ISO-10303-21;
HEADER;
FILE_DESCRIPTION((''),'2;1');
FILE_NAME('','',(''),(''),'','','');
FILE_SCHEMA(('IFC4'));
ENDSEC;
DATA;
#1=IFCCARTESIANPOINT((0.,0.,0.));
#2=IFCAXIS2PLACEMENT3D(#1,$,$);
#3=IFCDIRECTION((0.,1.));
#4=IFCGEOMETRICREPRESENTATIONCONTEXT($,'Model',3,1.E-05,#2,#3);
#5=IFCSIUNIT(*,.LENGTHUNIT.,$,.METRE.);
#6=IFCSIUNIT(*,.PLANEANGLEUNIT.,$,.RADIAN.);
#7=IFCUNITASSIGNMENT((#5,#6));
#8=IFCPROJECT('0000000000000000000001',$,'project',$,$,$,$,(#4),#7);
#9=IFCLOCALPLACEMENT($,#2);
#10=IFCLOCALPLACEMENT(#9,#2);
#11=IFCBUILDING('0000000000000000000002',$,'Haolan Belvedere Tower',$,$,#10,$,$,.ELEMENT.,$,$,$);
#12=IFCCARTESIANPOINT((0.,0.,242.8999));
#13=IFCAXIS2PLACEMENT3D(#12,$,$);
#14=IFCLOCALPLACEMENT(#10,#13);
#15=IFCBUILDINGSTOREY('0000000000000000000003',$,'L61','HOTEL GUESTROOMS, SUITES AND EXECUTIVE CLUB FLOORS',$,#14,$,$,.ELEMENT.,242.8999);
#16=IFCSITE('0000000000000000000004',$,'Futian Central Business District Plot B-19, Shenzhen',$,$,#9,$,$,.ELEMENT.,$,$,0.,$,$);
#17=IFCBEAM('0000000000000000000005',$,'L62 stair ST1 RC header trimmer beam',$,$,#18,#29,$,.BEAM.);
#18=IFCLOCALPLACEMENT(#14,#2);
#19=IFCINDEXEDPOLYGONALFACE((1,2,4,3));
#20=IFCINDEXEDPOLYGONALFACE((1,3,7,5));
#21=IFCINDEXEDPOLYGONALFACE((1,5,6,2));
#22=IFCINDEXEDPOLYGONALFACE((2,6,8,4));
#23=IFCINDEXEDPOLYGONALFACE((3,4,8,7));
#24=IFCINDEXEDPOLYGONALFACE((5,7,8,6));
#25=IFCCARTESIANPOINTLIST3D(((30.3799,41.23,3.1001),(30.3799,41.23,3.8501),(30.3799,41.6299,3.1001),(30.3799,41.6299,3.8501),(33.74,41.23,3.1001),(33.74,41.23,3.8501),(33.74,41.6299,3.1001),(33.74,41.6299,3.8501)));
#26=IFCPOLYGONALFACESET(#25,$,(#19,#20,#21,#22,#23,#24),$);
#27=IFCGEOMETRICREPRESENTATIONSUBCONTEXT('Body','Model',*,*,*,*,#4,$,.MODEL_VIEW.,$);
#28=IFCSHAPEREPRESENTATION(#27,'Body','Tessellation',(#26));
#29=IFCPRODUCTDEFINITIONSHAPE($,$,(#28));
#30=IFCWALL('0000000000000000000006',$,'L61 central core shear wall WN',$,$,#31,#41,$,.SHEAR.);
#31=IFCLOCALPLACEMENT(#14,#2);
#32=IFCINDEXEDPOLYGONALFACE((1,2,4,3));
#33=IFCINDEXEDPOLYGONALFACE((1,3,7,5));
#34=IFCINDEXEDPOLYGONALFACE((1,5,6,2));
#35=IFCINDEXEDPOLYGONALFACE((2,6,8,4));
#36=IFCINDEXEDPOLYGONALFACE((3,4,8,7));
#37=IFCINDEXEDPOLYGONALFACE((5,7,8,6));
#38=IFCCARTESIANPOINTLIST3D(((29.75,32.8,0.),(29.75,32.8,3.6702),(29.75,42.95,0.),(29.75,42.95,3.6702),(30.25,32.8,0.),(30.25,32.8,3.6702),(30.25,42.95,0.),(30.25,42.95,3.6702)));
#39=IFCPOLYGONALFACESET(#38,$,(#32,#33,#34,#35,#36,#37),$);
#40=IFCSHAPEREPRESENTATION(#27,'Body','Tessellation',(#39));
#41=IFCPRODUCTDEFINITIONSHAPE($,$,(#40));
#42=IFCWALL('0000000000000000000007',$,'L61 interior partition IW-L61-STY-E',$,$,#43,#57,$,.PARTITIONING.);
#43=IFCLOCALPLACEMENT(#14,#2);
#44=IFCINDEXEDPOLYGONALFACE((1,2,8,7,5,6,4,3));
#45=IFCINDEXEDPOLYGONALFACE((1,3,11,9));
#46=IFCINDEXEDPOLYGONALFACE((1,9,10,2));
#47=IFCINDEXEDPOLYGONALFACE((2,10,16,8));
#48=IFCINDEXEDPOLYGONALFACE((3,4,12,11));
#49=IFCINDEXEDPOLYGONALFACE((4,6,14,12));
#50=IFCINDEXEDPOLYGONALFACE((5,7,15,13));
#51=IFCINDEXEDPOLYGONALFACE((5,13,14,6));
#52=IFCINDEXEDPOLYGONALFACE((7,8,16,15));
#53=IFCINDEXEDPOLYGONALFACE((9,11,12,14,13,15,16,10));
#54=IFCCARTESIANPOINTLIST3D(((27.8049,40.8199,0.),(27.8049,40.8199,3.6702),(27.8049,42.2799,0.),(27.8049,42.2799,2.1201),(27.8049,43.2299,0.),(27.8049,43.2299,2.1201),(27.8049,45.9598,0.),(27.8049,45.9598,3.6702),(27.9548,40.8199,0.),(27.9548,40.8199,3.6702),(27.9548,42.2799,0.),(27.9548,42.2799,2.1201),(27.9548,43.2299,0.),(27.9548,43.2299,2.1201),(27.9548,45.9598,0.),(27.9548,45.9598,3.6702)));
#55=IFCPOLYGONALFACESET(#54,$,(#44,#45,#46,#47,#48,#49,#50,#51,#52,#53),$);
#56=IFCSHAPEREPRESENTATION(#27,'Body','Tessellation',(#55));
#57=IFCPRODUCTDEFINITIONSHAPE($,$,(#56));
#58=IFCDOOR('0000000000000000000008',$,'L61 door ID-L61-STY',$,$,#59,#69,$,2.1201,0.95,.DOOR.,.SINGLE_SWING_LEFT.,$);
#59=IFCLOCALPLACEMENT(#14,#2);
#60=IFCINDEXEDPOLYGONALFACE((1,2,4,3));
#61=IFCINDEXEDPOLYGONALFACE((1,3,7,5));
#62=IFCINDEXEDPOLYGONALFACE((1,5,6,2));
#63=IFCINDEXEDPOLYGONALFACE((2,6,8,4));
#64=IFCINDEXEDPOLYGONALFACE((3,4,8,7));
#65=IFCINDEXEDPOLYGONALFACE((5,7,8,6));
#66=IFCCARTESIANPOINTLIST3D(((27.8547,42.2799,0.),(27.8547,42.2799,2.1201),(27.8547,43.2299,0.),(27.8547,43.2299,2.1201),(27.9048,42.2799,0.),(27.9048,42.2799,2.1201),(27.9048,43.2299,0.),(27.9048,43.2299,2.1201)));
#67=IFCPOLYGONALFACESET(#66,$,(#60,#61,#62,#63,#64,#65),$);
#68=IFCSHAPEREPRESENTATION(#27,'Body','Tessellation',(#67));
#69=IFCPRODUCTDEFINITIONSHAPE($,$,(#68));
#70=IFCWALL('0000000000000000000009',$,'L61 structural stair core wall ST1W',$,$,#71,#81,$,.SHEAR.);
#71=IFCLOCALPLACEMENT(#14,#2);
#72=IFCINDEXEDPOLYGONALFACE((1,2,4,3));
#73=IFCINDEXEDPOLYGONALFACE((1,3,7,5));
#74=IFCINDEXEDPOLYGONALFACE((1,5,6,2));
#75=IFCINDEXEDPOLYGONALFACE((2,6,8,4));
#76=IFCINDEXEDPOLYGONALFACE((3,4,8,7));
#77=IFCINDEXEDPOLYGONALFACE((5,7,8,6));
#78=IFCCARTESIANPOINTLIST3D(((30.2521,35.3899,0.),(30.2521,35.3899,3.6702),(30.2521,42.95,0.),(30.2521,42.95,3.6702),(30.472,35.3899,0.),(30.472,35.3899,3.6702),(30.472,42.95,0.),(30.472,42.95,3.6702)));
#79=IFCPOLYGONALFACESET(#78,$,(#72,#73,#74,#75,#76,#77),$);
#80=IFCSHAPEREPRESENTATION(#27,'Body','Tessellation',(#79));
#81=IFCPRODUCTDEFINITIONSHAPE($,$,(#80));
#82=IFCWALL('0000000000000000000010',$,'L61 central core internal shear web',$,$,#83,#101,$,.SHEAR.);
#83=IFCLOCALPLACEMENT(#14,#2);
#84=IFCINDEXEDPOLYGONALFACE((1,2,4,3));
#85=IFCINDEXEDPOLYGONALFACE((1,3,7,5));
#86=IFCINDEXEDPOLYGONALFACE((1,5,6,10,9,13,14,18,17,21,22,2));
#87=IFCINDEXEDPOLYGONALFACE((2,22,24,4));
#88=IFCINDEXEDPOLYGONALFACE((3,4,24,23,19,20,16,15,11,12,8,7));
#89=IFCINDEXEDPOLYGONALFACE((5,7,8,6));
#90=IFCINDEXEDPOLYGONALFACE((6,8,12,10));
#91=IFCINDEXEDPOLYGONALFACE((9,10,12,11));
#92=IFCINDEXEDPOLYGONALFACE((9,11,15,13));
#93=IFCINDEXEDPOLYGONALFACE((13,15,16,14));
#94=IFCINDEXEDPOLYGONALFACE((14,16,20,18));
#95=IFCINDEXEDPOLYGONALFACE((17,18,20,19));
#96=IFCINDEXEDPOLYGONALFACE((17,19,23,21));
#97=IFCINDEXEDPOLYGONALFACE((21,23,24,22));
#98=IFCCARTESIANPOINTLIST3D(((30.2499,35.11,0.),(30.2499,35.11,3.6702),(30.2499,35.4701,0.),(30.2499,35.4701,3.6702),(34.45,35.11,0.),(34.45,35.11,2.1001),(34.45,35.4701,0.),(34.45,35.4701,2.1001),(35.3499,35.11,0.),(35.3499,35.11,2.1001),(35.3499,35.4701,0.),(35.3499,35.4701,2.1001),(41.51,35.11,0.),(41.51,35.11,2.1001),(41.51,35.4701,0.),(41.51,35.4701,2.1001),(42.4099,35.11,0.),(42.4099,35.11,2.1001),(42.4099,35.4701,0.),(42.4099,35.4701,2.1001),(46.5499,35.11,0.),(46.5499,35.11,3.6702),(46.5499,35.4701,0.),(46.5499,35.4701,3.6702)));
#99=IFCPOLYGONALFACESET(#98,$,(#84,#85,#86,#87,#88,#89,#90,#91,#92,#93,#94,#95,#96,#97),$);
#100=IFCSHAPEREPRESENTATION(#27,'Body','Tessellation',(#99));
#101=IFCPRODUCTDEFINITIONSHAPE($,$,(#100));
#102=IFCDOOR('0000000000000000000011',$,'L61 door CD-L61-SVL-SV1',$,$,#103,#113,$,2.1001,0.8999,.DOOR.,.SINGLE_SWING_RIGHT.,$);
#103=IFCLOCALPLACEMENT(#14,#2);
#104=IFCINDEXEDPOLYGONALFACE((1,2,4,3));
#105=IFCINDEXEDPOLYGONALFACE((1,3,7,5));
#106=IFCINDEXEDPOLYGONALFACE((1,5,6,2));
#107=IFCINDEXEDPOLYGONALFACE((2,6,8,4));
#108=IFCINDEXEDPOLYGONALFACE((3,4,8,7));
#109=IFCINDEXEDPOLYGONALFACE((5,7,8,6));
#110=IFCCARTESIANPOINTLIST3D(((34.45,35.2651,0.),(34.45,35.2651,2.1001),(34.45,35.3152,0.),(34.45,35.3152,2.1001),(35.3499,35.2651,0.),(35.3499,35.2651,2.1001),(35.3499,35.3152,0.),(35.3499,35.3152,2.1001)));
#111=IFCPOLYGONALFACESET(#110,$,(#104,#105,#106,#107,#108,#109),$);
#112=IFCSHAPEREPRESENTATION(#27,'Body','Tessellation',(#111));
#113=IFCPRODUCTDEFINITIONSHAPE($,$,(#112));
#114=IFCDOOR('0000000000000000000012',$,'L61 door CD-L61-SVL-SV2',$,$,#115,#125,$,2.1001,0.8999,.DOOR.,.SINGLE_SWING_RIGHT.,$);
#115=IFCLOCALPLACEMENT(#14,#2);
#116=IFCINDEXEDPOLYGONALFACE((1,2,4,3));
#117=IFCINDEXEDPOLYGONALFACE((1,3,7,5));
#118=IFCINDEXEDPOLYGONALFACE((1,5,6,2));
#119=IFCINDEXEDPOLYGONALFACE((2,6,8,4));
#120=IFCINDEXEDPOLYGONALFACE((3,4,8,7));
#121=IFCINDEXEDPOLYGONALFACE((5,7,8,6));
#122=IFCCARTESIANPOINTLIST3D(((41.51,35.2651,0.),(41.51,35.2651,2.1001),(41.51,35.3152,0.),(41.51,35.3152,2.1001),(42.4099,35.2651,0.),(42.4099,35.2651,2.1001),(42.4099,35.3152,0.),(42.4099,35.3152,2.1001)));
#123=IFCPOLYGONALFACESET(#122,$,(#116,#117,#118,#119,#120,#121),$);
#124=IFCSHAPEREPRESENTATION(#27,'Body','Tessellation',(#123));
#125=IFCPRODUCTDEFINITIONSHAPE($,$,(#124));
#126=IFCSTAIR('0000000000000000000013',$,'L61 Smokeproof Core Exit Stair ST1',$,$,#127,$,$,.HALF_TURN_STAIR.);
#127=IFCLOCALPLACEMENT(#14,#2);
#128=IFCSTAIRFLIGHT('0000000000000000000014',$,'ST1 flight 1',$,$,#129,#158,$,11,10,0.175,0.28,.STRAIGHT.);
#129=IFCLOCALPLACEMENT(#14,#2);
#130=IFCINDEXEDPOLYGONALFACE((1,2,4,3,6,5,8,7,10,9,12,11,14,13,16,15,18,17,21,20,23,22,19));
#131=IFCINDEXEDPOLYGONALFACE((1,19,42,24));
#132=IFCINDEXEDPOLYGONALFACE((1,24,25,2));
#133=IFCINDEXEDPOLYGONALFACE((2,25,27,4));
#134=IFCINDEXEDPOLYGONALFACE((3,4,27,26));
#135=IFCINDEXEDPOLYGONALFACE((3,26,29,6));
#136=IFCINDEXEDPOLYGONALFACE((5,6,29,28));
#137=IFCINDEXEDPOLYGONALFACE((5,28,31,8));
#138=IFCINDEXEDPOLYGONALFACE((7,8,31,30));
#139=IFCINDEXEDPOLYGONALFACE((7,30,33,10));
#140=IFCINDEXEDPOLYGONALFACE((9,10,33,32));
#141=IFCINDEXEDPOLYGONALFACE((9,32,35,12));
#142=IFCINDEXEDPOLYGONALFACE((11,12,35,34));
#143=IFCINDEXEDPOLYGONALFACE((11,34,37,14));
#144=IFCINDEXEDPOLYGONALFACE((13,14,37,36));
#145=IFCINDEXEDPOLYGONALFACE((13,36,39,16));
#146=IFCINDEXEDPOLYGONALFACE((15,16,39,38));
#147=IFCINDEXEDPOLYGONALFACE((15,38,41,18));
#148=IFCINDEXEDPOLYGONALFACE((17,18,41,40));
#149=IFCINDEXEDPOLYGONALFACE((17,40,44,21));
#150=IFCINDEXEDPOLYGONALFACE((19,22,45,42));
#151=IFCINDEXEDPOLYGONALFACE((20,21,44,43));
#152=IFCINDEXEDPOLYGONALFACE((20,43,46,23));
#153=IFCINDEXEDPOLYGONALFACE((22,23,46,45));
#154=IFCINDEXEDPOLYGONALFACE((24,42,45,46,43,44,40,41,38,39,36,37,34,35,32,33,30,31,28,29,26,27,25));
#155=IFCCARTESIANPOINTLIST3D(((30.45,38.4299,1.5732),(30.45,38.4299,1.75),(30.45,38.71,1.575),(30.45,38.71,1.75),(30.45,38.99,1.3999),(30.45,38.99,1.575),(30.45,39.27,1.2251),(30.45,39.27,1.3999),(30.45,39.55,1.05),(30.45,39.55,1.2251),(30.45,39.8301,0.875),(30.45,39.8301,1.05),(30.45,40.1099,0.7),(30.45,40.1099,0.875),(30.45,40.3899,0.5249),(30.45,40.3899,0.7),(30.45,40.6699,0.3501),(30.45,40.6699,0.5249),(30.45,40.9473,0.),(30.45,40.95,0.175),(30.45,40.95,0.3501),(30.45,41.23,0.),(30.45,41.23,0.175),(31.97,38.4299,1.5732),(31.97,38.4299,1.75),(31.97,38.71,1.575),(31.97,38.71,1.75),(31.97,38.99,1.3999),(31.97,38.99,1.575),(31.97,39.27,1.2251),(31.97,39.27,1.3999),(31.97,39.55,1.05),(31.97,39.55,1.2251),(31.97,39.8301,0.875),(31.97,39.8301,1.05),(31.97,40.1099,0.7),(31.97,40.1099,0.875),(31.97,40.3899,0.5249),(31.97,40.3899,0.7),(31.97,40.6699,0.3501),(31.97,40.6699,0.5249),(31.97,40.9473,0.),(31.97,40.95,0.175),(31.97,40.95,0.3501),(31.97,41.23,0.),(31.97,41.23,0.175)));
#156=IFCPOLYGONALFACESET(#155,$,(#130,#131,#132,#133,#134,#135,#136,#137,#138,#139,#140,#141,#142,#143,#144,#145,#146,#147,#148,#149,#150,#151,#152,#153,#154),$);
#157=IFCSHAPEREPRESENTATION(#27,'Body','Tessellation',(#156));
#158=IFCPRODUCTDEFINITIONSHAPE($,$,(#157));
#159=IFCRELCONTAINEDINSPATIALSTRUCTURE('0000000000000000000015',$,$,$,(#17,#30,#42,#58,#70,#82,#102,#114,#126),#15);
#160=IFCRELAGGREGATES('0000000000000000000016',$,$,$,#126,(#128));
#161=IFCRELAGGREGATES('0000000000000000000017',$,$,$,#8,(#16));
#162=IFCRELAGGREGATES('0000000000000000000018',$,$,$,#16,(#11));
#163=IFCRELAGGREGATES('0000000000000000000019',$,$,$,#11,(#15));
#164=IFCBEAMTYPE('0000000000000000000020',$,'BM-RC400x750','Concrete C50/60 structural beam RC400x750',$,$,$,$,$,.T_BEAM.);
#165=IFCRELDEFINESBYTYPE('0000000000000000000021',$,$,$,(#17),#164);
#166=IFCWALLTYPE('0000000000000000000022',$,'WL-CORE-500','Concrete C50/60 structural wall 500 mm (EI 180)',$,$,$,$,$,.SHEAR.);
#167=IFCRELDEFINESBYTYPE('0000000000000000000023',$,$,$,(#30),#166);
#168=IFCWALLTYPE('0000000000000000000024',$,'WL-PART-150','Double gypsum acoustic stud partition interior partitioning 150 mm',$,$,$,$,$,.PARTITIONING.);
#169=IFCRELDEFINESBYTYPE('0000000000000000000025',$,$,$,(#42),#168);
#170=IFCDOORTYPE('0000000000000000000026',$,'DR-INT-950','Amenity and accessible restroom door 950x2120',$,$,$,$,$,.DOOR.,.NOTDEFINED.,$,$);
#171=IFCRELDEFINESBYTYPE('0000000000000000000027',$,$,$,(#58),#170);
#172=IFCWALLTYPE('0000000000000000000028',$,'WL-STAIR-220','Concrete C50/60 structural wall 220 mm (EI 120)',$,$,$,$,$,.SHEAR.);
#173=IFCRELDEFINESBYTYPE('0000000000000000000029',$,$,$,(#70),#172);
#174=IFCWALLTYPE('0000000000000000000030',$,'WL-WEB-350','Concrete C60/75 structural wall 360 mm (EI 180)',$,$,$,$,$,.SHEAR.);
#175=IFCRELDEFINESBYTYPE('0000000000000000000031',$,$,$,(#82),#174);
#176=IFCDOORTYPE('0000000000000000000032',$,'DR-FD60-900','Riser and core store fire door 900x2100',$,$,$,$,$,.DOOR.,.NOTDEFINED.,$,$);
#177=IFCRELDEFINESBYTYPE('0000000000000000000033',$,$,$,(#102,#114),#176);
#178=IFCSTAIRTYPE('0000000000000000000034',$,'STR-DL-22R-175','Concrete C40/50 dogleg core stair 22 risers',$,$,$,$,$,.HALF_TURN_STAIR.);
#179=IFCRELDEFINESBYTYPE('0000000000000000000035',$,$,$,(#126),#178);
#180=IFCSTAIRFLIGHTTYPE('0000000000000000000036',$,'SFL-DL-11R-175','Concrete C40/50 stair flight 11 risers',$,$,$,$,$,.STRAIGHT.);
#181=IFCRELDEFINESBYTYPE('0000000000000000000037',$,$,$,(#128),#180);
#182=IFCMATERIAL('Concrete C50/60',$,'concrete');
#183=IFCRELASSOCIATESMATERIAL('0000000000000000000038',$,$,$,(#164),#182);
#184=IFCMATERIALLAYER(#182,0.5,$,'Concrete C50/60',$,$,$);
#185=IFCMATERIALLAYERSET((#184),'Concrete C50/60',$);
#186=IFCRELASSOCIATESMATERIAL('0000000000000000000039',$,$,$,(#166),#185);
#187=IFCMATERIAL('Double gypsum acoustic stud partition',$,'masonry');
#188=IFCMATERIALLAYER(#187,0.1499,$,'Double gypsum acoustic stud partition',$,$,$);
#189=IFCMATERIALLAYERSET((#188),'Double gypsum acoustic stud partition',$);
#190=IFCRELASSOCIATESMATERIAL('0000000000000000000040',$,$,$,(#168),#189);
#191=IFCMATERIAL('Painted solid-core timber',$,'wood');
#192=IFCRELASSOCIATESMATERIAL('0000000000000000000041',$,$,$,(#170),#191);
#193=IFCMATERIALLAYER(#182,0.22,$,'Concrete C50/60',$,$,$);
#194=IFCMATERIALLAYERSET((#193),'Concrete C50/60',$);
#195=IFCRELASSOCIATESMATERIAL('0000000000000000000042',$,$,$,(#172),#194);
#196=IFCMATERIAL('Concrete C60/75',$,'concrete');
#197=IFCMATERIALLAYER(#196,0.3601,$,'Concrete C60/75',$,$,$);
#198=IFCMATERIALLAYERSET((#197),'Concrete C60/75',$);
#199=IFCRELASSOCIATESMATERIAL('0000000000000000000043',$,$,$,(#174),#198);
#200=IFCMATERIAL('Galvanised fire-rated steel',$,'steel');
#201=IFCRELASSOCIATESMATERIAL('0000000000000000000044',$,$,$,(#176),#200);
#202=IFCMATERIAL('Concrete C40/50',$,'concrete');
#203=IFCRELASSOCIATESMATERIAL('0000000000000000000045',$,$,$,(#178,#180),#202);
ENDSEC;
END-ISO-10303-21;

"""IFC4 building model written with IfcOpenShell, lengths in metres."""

from ifc_helpers import new_model, si_unit, direction, frame, frame_2d, origin, origin_2d, place, context, subcontext, project, spatial, polyline, rectangle, outline, extrude, material, layer, layer_set, material_profile, profile_set, type_object, element, fill, aggregate, save


model = new_model("IFC4")

# Units and contexts
model_context = context("Model", 3, precision=1e-05, world=origin(), true_north=direction((0.0, 1.0)))
body_context = subcontext(model_context, "Body", "Model", "MODEL_VIEW")
ifc_project = project(units=[si_unit("LENGTHUNIT", "METRE"), si_unit("PLANEANGLEUNIT", "RADIAN")], contexts=[model_context])

# Site, building, storey
site_placement = place(None, origin())
site = spatial("IfcSite", under=ifc_project, at=site_placement, Name="Futian Central Business District Plot B-19, Shenzhen", CompositionType="ELEMENT", RefElevation=0.0)
building_placement = place(site_placement, origin())
building = spatial("IfcBuilding", under=site, at=building_placement, Name="Haolan Belvedere Tower", CompositionType="ELEMENT")
storey_placement = place(building_placement, frame((0.0, 0.0, 242.8999)))
storey = spatial("IfcBuildingStorey", under=building, at=storey_placement, Name="L61", Description="HOTEL GUESTROOMS, SUITES AND EXECUTIVE CLUB FLOORS", CompositionType="ELEMENT", Elevation=242.8999)

# Beam
ifc_material_1 = material(Name="Concrete C50/60", Category="concrete")
ifc_material_profile = material_profile(ifc_material_1, rectangle(XDim=0.3999, YDim=0.75, at=origin_2d()), Name="Concrete C50/60")
ifc_profile_set = profile_set([ifc_material_profile], Name="Concrete C50/60")
beam_type = type_object("IfcBeamType", Name="BM-RC400x750", Description="Concrete C50/60 structural beam RC400x750", PredefinedType="T_BEAM", material=ifc_profile_set)
beam_placement = place(storey_placement, frame((30.3799, 41.4299, 3.4751), z_axis=(1.0, 0.0, 0.0), x_axis=(0.0, 1.0, 0.0)))
element("IfcBeam", 1, at=beam_placement, inside=storey, type_object=beam_type, Name="L62 stair ST1 RC header trimmer beam", PredefinedType="BEAM", context=body_context, shape_type="SweptSolid", body=[
    extrude(rectangle(XDim=0.3999, YDim=0.75, at=origin_2d()), origin(), (0.0, 0.0, 1.0), 3.3601),
])

# Shared definitions
ifc_layer_1 = layer(ifc_material_1, 0.5, Name="Concrete C50/60")
ifc_layer_set_1 = layer_set([ifc_layer_1], Name="Concrete C50/60")
wall_type_1 = type_object("IfcWallType", Name="WL-CORE-500", Description="Concrete C50/60 structural wall 500 mm (EI 180)", PredefinedType="SHEAR", material=ifc_layer_set_1)
ifc_material_2 = material(Name="Galvanised fire-rated steel", Category="steel")

# Wall
wall_1_placement = place(storey_placement, frame((30.0, 32.8, 0.0), z_axis=(0.0, 0.0, 1.0), x_axis=(0.0, 1.0, 0.0)))
element("IfcWall", 2, at=wall_1_placement, inside=storey, type_object=wall_type_1, Name="L61 central core shear wall WN", PredefinedType="SHEAR", context=body_context, shape_type="SweptSolid", body=[
    extrude(rectangle(XDim=10.1499, YDim=0.5, at=frame_2d((5.075, 0.0))), origin(), (0.0, 0.0, 1.0), 3.6702),
])

# Wall, opening, door
ifc_material_3 = material(Name="Double gypsum acoustic stud partition", Category="masonry")
ifc_layer_2 = layer(ifc_material_3, 0.1499, Name="Double gypsum acoustic stud partition")
ifc_layer_set_2 = layer_set([ifc_layer_2], Name="Double gypsum acoustic stud partition")
wall_type_2 = type_object("IfcWallType", Name="WL-PART-150", Description="Double gypsum acoustic stud partition interior partitioning 150 mm", PredefinedType="PARTITIONING", material=ifc_layer_set_2)
ifc_material_4 = material(Name="Painted solid-core timber", Category="wood")
door_type_1 = type_object("IfcDoorType", Name="DR-INT-950", Description="Amenity and accessible restroom door 950x2120", OperationType="NOTDEFINED", PredefinedType="DOOR", material=ifc_material_4)
wall_2_placement = place(storey_placement, frame((27.8799, 40.8201, 0.0), z_axis=(0.0, 0.0, 1.0), x_axis=(0.0, 1.0, 0.0)))
wall_2 = element("IfcWall", 3, at=wall_2_placement, inside=storey, type_object=wall_type_2, Name="L61 interior partition IW-L61-STY-E", PredefinedType="PARTITIONING", context=body_context, shape_type="SweptSolid", body=[
    extrude(rectangle(XDim=5.1399, YDim=0.1499, at=frame_2d((2.5698, 0.0))), origin(), (0.0, 0.0, 1.0), 3.6702),
])
opening_1_placement = place(wall_2_placement, frame((2.4099, 0.0, 0.0), z_axis=(0.0, 0.0, 1.0), x_axis=(-1.0, 0.0, 0.0)))
opening_1 = element("IfcOpeningElement", 4, at=opening_1_placement, cuts=wall_2, PredefinedType="OPENING", context=body_context, shape_type="SweptSolid", body=[
    extrude(rectangle(XDim=0.95, YDim=2.1201, at=frame_2d((0.4751, 1.0601))), frame((0.0, 0.085, 0.0), z_axis=(0.0, -1.0, 0.0), x_axis=(1.0, 0.0, 0.0)), (0.0, 0.0, 1.0), 0.1699),
])
door_1_placement = place(opening_1_placement, origin())
door_1 = element("IfcDoor", 5, at=door_1_placement, inside=storey, type_object=door_type_1, Name="L61 door ID-L61-STY", OperationType="SINGLE_SWING_LEFT", OverallHeight=2.1201, OverallWidth=0.95, PredefinedType="DOOR", context=body_context, shape_type="SweptSolid", body=[
    extrude(rectangle(XDim=0.95, YDim=2.1201, at=frame_2d((0.4751, 1.0601))), frame((0.0, 0.0249, 0.0), z_axis=(0.0, -1.0, 0.0), x_axis=(1.0, 0.0, 0.0)), (0.0, 0.0, 1.0), 0.05),
])
fill(opening_1, door_1)

# Wall
ifc_layer_3 = layer(ifc_material_1, 0.22, Name="Concrete C50/60")
ifc_layer_set_3 = layer_set([ifc_layer_3], Name="Concrete C50/60")
wall_type_3 = type_object("IfcWallType", Name="WL-STAIR-220", Description="Concrete C50/60 structural wall 220 mm (EI 120)", PredefinedType="SHEAR", material=ifc_layer_set_3)
wall_3_placement = place(storey_placement, frame((30.3621, 35.3899, 0.0), z_axis=(0.0, 0.0, 1.0), x_axis=(0.0, 1.0, 0.0)))
element("IfcWall", 6, at=wall_3_placement, inside=storey, type_object=wall_type_3, Name="L61 structural stair core wall ST1W", PredefinedType="SHEAR", context=body_context, shape_type="SweptSolid", body=[
    extrude(rectangle(XDim=7.5601, YDim=0.22, at=frame_2d((3.78, 0.0))), origin(), (0.0, 0.0, 1.0), 3.6702),
])

# Wall, openings, doors
ifc_material_5 = material(Name="Concrete C60/75", Category="concrete")
ifc_layer_4 = layer(ifc_material_5, 0.3601, Name="Concrete C60/75")
ifc_layer_set_4 = layer_set([ifc_layer_4], Name="Concrete C60/75")
wall_type_4 = type_object("IfcWallType", Name="WL-WEB-350", Description="Concrete C60/75 structural wall 360 mm (EI 180)", PredefinedType="SHEAR", material=ifc_layer_set_4)
wall_4_placement = place(storey_placement, frame((30.25, 35.29, 0.0), z_axis=(0.0, 0.0, 1.0), x_axis=(1.0, 0.0, 0.0)))
wall_4 = element("IfcWall", 7, at=wall_4_placement, inside=storey, type_object=wall_type_4, Name="L61 central core internal shear web", PredefinedType="SHEAR", context=body_context, shape_type="SweptSolid", body=[
    extrude(rectangle(XDim=16.3, YDim=0.3601, at=frame_2d((8.1499, 0.0))), origin(), (0.0, 0.0, 1.0), 3.6702),
])
opening_2_placement = place(wall_4_placement, frame((5.0999, 0.0, 0.0), z_axis=(0.0, 0.0, 1.0), x_axis=(-1.0, 0.0, 0.0)))
opening_2 = element("IfcOpeningElement", 8, at=opening_2_placement, cuts=wall_4, PredefinedType="OPENING", context=body_context, shape_type="SweptSolid", body=[
    extrude(rectangle(XDim=0.8999, YDim=2.1001, at=frame_2d((0.45, 1.05))), frame((0.0, 0.1899, 0.0), z_axis=(0.0, -1.0, 0.0), x_axis=(1.0, 0.0, 0.0)), (0.0, 0.0, 1.0), 0.3801),
])
opening_3_placement = place(wall_4_placement, frame((12.1599, 0.0, 0.0), z_axis=(0.0, 0.0, 1.0), x_axis=(-1.0, 0.0, 0.0)))
opening_3 = element("IfcOpeningElement", 9, at=opening_3_placement, cuts=wall_4, PredefinedType="OPENING", context=body_context, shape_type="SweptSolid", body=[
    extrude(rectangle(XDim=0.8999, YDim=2.1001, at=frame_2d((0.45, 1.05))), frame((0.0, 0.1899, 0.0), z_axis=(0.0, -1.0, 0.0), x_axis=(1.0, 0.0, 0.0)), (0.0, 0.0, 1.0), 0.3801),
])
door_type_2 = type_object("IfcDoorType", Name="DR-FD60-900", Description="Riser and core store fire door 900x2100", OperationType="NOTDEFINED", PredefinedType="DOOR", material=ifc_material_2)
door_2_placement = place(opening_2_placement, origin())
door_2 = element("IfcDoor", 10, at=door_2_placement, inside=storey, type_object=door_type_2, Name="L61 door CD-L61-SVL-SV1", OperationType="SINGLE_SWING_RIGHT", OverallHeight=2.1001, OverallWidth=0.8999, PredefinedType="DOOR", context=body_context, shape_type="SweptSolid", body=[
    extrude(rectangle(XDim=0.8999, YDim=2.1001, at=frame_2d((0.45, 1.05))), frame((0.0, 0.0249, 0.0), z_axis=(0.0, -1.0, 0.0), x_axis=(1.0, 0.0, 0.0)), (0.0, 0.0, 1.0), 0.05),
])
fill(opening_2, door_2)
door_3_placement = place(opening_3_placement, origin())
door_3 = element("IfcDoor", 11, at=door_3_placement, inside=storey, type_object=door_type_2, Name="L61 door CD-L61-SVL-SV2", OperationType="SINGLE_SWING_RIGHT", OverallHeight=2.1001, OverallWidth=0.8999, PredefinedType="DOOR", context=body_context, shape_type="SweptSolid", body=[
    extrude(rectangle(XDim=0.8999, YDim=2.1001, at=frame_2d((0.45, 1.05))), frame((0.0, 0.0249, 0.0), z_axis=(0.0, -1.0, 0.0), x_axis=(1.0, 0.0, 0.0)), (0.0, 0.0, 1.0), 0.05),
])
fill(opening_3, door_3)

# Stair, stair flight
ifc_material_6 = material(Name="Concrete C40/50", Category="concrete")
stair_type = type_object("IfcStairType", Name="STR-DL-22R-175", Description="Concrete C40/50 dogleg core stair 22 risers", PredefinedType="HALF_TURN_STAIR", material=ifc_material_6)
stair_placement = place(storey_placement, origin())
stair = element("IfcStair", 12, at=stair_placement, inside=storey, type_object=stair_type, Name="L61 Smokeproof Core Exit Stair ST1", PredefinedType="HALF_TURN_STAIR")
stair_flight_type = type_object("IfcStairFlightType", Name="SFL-DL-11R-175", Description="Concrete C40/50 stair flight 11 risers", PredefinedType="STRAIGHT", material=ifc_material_6)
stair_flight_placement = place(storey_placement, frame((31.21, 41.23, 0.0), z_axis=(0.0, 0.0, 1.0), x_axis=(0.0, -1.0, 0.0)))
stair_flight = element("IfcStairFlight", 13, at=stair_flight_placement, type_object=stair_flight_type, Name="ST1 flight 1", NumberOfRisers=11, NumberOfTreads=10, PredefinedType="STRAIGHT", RiserHeight=0.175, TreadLength=0.28, context=body_context, shape_type="SweptSolid", body=[
    extrude(outline(polyline([(0.0, 0.0), (0.0, 0.175), (0.28, 0.175), (0.28, 0.3501), (0.5601, 0.3501), (0.5601, 0.5249), (0.8401, 0.5249), (0.8401, 0.7), (1.1201, 0.7), (1.1201, 0.875), (1.3999, 0.875), (1.3999, 1.05), (1.6799, 1.05), (1.6799, 1.2251), (1.96, 1.2251), (1.96, 1.3999), (2.24, 1.3999), (2.24, 1.575), (2.52, 1.575), (2.52, 1.75), (2.8, 1.75), (2.8, 1.925), (2.8, 1.5732), (0.2827, 0.0), (0.0, 0.0)])), frame((0.0, 0.76, 0.0), z_axis=(0.0, -1.0, 0.0), x_axis=(1.0, 0.0, 0.0)), (0.0, 0.0, 1.0), 1.52),
])
aggregate(stair, [stair_flight])

save(model, "model.ifc")
